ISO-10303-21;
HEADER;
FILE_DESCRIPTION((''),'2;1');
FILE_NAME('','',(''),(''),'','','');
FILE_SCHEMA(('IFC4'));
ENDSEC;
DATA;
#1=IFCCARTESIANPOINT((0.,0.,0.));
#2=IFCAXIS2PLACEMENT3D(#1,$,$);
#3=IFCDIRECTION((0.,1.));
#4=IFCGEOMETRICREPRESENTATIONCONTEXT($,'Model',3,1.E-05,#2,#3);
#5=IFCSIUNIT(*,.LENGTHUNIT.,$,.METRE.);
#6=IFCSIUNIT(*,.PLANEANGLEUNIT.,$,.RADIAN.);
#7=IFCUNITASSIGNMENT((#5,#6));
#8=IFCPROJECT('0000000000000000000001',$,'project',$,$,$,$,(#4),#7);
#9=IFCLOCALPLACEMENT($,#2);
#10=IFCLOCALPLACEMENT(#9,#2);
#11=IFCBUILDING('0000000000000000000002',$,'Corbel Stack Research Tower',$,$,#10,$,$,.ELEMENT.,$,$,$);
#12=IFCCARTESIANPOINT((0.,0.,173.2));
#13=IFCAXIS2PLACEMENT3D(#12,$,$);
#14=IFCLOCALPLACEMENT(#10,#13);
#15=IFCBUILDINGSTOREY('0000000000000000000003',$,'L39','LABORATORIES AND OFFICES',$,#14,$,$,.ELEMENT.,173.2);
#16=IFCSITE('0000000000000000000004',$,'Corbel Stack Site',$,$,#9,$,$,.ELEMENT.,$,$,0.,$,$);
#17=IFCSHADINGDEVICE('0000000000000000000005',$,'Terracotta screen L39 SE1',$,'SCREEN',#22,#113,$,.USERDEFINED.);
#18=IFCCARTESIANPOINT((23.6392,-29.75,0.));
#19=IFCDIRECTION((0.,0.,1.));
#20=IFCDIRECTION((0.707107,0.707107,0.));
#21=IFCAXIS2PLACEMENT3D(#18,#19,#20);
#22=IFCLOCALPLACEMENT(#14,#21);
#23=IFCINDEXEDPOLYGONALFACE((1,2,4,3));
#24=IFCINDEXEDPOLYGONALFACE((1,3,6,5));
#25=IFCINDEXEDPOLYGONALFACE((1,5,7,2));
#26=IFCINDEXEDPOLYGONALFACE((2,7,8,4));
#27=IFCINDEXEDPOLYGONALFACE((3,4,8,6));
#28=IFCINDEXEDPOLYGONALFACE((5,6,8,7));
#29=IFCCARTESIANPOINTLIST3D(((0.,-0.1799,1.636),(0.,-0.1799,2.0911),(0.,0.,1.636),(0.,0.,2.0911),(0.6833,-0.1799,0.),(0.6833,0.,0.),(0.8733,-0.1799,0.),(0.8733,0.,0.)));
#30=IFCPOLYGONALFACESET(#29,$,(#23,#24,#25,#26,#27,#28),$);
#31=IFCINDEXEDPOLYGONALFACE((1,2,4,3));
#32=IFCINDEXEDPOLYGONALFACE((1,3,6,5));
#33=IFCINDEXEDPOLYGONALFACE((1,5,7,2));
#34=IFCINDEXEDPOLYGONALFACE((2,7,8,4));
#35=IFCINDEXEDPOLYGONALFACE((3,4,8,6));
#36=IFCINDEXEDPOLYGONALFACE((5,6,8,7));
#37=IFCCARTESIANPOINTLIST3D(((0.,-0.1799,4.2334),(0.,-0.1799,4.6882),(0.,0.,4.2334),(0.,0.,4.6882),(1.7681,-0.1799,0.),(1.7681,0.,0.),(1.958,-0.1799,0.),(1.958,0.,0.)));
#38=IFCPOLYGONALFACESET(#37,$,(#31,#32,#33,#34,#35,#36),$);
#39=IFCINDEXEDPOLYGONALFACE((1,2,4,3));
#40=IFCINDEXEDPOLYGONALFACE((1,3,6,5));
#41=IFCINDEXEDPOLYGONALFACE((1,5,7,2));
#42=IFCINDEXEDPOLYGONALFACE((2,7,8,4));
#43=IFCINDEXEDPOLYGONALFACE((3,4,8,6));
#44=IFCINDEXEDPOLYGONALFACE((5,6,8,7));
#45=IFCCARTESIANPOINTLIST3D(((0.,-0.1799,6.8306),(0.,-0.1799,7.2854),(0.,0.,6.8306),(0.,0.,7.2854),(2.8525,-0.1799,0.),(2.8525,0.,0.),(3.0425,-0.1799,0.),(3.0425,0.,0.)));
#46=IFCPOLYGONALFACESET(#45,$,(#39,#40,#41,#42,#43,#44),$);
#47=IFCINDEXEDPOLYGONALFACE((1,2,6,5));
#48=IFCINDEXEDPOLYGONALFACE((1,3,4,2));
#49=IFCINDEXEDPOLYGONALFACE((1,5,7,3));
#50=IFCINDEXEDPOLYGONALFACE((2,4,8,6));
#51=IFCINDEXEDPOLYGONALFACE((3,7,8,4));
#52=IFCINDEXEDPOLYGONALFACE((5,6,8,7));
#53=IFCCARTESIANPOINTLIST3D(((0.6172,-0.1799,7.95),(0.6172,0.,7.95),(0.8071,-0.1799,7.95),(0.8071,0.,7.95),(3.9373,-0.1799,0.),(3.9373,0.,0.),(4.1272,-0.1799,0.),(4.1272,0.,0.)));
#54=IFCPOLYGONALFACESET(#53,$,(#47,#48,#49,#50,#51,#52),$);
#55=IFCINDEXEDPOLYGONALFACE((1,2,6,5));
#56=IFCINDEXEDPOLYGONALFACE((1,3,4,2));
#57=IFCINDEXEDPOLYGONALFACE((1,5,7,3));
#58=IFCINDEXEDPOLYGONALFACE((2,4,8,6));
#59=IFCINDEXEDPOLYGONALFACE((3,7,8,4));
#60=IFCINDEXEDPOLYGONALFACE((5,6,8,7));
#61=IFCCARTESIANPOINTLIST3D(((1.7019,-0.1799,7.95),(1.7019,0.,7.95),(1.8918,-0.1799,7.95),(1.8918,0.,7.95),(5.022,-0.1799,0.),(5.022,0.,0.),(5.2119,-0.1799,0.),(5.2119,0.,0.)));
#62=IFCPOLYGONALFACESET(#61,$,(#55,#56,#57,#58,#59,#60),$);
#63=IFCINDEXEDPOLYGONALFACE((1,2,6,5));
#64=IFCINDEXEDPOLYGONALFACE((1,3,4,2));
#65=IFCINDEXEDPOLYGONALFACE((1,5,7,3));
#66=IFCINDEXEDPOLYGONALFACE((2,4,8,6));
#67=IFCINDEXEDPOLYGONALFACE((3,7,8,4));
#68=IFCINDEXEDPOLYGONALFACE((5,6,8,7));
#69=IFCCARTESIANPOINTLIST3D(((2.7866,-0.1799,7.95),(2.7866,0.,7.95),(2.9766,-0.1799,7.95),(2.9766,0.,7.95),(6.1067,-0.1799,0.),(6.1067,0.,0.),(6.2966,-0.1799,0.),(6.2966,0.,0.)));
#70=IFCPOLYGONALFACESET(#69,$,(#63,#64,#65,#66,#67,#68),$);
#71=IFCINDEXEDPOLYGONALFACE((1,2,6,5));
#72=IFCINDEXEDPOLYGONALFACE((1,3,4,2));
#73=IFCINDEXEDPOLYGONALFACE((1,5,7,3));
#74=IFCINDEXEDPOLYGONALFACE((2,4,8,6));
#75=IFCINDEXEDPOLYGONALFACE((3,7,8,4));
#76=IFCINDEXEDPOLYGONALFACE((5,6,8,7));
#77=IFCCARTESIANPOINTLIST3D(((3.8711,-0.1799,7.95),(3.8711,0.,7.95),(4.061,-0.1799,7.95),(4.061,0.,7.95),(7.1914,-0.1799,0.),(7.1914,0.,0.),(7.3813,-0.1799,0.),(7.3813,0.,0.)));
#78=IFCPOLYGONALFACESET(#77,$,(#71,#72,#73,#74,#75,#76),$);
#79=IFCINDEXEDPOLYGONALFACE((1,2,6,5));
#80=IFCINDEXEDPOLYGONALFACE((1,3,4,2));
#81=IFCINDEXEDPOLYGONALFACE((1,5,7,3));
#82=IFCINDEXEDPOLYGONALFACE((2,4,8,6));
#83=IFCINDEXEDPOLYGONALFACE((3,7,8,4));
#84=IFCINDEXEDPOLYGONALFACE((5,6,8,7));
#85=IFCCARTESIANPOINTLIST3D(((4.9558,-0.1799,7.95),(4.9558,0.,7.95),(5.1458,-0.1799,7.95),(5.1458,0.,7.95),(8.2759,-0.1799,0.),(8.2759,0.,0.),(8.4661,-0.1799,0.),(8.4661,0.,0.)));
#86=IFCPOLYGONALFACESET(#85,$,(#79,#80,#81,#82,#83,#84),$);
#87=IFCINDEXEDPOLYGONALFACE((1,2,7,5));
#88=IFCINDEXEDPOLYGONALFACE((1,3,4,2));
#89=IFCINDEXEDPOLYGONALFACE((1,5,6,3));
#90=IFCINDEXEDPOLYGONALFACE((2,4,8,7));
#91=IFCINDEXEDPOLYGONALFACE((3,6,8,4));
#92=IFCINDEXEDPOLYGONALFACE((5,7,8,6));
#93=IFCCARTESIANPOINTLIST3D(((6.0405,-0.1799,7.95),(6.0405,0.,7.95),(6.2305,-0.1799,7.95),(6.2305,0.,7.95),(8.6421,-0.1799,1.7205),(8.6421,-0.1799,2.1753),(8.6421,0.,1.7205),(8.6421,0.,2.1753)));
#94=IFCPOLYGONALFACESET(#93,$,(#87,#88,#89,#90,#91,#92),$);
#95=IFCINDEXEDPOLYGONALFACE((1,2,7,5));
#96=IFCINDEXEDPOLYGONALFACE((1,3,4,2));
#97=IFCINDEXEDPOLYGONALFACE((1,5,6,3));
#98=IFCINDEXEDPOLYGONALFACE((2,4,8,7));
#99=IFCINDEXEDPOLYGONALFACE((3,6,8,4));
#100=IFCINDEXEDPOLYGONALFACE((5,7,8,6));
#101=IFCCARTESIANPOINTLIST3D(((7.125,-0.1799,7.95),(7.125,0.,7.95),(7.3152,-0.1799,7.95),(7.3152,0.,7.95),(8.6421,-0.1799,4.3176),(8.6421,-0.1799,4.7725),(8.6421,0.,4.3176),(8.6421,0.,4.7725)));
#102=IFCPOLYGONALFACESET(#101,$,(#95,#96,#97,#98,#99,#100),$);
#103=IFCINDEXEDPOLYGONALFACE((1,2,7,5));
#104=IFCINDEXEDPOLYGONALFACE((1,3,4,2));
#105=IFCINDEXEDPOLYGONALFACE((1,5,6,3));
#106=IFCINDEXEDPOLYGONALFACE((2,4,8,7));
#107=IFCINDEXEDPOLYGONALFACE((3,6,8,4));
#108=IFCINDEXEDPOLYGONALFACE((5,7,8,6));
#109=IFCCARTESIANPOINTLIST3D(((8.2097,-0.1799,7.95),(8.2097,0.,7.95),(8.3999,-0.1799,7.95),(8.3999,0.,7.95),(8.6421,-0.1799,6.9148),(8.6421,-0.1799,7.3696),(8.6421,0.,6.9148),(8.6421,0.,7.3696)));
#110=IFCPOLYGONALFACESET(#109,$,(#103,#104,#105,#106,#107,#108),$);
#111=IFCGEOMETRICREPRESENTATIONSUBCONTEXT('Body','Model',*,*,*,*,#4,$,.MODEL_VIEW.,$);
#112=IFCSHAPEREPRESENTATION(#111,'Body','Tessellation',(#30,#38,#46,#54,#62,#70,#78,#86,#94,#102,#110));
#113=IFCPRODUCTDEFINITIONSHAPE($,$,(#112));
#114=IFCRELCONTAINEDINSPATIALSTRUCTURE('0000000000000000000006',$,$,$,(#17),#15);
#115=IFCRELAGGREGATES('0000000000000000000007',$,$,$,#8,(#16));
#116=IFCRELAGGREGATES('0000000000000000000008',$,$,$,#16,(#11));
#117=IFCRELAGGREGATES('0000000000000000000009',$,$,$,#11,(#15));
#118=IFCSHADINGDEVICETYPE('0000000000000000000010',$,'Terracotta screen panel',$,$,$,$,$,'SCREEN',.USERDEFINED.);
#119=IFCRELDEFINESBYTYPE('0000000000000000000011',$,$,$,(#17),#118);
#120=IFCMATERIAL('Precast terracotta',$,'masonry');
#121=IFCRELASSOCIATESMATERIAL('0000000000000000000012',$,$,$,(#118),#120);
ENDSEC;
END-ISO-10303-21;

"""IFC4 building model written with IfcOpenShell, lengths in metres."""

from ifc_helpers import new_model, si_unit, direction, frame, origin, place, context, subcontext, project, spatial, polyline, outline, extrude, source, transform, mapped, material, type_object, element, save


model = new_model("IFC4")

# Units and contexts
model_context = context("Model", 3, precision=1e-05, world=origin(), true_north=direction((0.0, 1.0)))
body_context = subcontext(model_context, "Body", "Model", "MODEL_VIEW")
ifc_project = project(units=[si_unit("LENGTHUNIT", "METRE"), si_unit("PLANEANGLEUNIT", "RADIAN")], contexts=[model_context])

# Site, building, storey
site_placement = place(None, origin())
site = spatial("IfcSite", under=ifc_project, at=site_placement, Name="Corbel Stack Site", CompositionType="ELEMENT", RefElevation=0.0)
building_placement = place(site_placement, origin())
building = spatial("IfcBuilding", under=site, at=building_placement, Name="Corbel Stack Research Tower", CompositionType="ELEMENT")
storey_placement = place(building_placement, frame((0.0, 0.0, 173.2)))
storey = spatial("IfcBuildingStorey", under=building, at=storey_placement, Name="L39", Description="LABORATORIES AND OFFICES", CompositionType="ELEMENT", Elevation=173.2)

# Shading device
ifc_material_1 = material(Name="Precast terracotta", Category="masonry")
shading_device_type = type_object("IfcShadingDeviceType", Name="Terracotta screen panel", ElementType="SCREEN", PredefinedType="USERDEFINED", material=ifc_material_1)
shared_shape_1 = source(origin(), body_context, "Body", "SweptSolid", [
    extrude(outline(polyline([(0.8733, 0.0), (0.0, 2.0911), (0.0, 1.636), (0.6833, 0.0), (0.8733, 0.0)])), frame((0.0, 0.0, 0.0), z_axis=(0.0, -1.0, 0.0), x_axis=(1.0, 0.0, 0.0)), (0.0, 0.0, 1.0), 0.1799),
    extrude(outline(polyline([(1.958, 0.0), (0.0, 4.6882), (0.0, 4.2334), (1.7681, 0.0), (1.958, 0.0)])), frame((0.0, 0.0, 0.0), z_axis=(0.0, -1.0, 0.0), x_axis=(1.0, 0.0, 0.0)), (0.0, 0.0, 1.0), 0.1799),
    extrude(outline(polyline([(3.0425, 0.0), (0.0, 7.2854), (0.0, 6.8306), (2.8525, 0.0), (3.0425, 0.0)])), frame((0.0, 0.0, 0.0), z_axis=(0.0, -1.0, 0.0), x_axis=(1.0, 0.0, 0.0)), (0.0, 0.0, 1.0), 0.1799),
    extrude(outline(polyline([(4.1272, 0.0), (0.8071, 7.95), (0.6172, 7.95), (3.9373, 0.0), (4.1272, 0.0)])), frame((0.0, 0.0, 0.0), z_axis=(0.0, -1.0, 0.0), x_axis=(1.0, 0.0, 0.0)), (0.0, 0.0, 1.0), 0.1799),
    extrude(outline(polyline([(5.2119, 0.0), (1.8918, 7.95), (1.7019, 7.95), (5.022, 0.0), (5.2119, 0.0)])), frame((0.0, 0.0, 0.0), z_axis=(0.0, -1.0, 0.0), x_axis=(1.0, 0.0, 0.0)), (0.0, 0.0, 1.0), 0.1799),
    extrude(outline(polyline([(6.2966, 0.0), (2.9766, 7.95), (2.7866, 7.95), (6.1067, 0.0), (6.2966, 0.0)])), frame((0.0, 0.0, 0.0), z_axis=(0.0, -1.0, 0.0), x_axis=(1.0, 0.0, 0.0)), (0.0, 0.0, 1.0), 0.1799),
    extrude(outline(polyline([(7.3813, 0.0), (4.061, 7.95), (3.8711, 7.95), (7.1914, 0.0), (7.3813, 0.0)])), frame((0.0, 0.0, 0.0), z_axis=(0.0, -1.0, 0.0), x_axis=(1.0, 0.0, 0.0)), (0.0, 0.0, 1.0), 0.1799),
    extrude(outline(polyline([(8.4661, 0.0), (5.1458, 7.95), (4.9558, 7.95), (8.2759, 0.0), (8.4661, 0.0)])), frame((0.0, 0.0, 0.0), z_axis=(0.0, -1.0, 0.0), x_axis=(1.0, 0.0, 0.0)), (0.0, 0.0, 1.0), 0.1799),
    extrude(outline(polyline([(6.2305, 7.95), (6.0405, 7.95), (8.6421, 1.7205), (8.6421, 2.1753), (6.2305, 7.95)])), frame((0.0, 0.0, 0.0), z_axis=(0.0, -1.0, 0.0), x_axis=(1.0, 0.0, 0.0)), (0.0, 0.0, 1.0), 0.1799),
    extrude(outline(polyline([(7.3152, 7.95), (7.125, 7.95), (8.6421, 4.3176), (8.6421, 4.7725), (7.3152, 7.95)])), frame((0.0, 0.0, 0.0), z_axis=(0.0, -1.0, 0.0), x_axis=(1.0, 0.0, 0.0)), (0.0, 0.0, 1.0), 0.1799),
    extrude(outline(polyline([(8.3999, 7.95), (8.2097, 7.95), (8.6421, 6.9148), (8.6421, 7.3696), (8.3999, 7.95)])), frame((0.0, 0.0, 0.0), z_axis=(0.0, -1.0, 0.0), x_axis=(1.0, 0.0, 0.0)), (0.0, 0.0, 1.0), 0.1799),
])
shading_device_1_placement = place(storey_placement, frame((23.6392, -29.75, 0.0), z_axis=(0.0, 0.0, 1.0), x_axis=(0.707107, 0.707107, 0.0)))
element("IfcShadingDevice", 1, at=shading_device_1_placement, inside=storey, type_object=shading_device_type, Name="Terracotta screen L39 SE1", ObjectType="SCREEN", PredefinedType="USERDEFINED", context=body_context, shape_type="MappedRepresentation", body=[
    mapped(shared_shape_1, transform((0.0, 0.0, 0.0))),
])

save(model, "model.ifc")
